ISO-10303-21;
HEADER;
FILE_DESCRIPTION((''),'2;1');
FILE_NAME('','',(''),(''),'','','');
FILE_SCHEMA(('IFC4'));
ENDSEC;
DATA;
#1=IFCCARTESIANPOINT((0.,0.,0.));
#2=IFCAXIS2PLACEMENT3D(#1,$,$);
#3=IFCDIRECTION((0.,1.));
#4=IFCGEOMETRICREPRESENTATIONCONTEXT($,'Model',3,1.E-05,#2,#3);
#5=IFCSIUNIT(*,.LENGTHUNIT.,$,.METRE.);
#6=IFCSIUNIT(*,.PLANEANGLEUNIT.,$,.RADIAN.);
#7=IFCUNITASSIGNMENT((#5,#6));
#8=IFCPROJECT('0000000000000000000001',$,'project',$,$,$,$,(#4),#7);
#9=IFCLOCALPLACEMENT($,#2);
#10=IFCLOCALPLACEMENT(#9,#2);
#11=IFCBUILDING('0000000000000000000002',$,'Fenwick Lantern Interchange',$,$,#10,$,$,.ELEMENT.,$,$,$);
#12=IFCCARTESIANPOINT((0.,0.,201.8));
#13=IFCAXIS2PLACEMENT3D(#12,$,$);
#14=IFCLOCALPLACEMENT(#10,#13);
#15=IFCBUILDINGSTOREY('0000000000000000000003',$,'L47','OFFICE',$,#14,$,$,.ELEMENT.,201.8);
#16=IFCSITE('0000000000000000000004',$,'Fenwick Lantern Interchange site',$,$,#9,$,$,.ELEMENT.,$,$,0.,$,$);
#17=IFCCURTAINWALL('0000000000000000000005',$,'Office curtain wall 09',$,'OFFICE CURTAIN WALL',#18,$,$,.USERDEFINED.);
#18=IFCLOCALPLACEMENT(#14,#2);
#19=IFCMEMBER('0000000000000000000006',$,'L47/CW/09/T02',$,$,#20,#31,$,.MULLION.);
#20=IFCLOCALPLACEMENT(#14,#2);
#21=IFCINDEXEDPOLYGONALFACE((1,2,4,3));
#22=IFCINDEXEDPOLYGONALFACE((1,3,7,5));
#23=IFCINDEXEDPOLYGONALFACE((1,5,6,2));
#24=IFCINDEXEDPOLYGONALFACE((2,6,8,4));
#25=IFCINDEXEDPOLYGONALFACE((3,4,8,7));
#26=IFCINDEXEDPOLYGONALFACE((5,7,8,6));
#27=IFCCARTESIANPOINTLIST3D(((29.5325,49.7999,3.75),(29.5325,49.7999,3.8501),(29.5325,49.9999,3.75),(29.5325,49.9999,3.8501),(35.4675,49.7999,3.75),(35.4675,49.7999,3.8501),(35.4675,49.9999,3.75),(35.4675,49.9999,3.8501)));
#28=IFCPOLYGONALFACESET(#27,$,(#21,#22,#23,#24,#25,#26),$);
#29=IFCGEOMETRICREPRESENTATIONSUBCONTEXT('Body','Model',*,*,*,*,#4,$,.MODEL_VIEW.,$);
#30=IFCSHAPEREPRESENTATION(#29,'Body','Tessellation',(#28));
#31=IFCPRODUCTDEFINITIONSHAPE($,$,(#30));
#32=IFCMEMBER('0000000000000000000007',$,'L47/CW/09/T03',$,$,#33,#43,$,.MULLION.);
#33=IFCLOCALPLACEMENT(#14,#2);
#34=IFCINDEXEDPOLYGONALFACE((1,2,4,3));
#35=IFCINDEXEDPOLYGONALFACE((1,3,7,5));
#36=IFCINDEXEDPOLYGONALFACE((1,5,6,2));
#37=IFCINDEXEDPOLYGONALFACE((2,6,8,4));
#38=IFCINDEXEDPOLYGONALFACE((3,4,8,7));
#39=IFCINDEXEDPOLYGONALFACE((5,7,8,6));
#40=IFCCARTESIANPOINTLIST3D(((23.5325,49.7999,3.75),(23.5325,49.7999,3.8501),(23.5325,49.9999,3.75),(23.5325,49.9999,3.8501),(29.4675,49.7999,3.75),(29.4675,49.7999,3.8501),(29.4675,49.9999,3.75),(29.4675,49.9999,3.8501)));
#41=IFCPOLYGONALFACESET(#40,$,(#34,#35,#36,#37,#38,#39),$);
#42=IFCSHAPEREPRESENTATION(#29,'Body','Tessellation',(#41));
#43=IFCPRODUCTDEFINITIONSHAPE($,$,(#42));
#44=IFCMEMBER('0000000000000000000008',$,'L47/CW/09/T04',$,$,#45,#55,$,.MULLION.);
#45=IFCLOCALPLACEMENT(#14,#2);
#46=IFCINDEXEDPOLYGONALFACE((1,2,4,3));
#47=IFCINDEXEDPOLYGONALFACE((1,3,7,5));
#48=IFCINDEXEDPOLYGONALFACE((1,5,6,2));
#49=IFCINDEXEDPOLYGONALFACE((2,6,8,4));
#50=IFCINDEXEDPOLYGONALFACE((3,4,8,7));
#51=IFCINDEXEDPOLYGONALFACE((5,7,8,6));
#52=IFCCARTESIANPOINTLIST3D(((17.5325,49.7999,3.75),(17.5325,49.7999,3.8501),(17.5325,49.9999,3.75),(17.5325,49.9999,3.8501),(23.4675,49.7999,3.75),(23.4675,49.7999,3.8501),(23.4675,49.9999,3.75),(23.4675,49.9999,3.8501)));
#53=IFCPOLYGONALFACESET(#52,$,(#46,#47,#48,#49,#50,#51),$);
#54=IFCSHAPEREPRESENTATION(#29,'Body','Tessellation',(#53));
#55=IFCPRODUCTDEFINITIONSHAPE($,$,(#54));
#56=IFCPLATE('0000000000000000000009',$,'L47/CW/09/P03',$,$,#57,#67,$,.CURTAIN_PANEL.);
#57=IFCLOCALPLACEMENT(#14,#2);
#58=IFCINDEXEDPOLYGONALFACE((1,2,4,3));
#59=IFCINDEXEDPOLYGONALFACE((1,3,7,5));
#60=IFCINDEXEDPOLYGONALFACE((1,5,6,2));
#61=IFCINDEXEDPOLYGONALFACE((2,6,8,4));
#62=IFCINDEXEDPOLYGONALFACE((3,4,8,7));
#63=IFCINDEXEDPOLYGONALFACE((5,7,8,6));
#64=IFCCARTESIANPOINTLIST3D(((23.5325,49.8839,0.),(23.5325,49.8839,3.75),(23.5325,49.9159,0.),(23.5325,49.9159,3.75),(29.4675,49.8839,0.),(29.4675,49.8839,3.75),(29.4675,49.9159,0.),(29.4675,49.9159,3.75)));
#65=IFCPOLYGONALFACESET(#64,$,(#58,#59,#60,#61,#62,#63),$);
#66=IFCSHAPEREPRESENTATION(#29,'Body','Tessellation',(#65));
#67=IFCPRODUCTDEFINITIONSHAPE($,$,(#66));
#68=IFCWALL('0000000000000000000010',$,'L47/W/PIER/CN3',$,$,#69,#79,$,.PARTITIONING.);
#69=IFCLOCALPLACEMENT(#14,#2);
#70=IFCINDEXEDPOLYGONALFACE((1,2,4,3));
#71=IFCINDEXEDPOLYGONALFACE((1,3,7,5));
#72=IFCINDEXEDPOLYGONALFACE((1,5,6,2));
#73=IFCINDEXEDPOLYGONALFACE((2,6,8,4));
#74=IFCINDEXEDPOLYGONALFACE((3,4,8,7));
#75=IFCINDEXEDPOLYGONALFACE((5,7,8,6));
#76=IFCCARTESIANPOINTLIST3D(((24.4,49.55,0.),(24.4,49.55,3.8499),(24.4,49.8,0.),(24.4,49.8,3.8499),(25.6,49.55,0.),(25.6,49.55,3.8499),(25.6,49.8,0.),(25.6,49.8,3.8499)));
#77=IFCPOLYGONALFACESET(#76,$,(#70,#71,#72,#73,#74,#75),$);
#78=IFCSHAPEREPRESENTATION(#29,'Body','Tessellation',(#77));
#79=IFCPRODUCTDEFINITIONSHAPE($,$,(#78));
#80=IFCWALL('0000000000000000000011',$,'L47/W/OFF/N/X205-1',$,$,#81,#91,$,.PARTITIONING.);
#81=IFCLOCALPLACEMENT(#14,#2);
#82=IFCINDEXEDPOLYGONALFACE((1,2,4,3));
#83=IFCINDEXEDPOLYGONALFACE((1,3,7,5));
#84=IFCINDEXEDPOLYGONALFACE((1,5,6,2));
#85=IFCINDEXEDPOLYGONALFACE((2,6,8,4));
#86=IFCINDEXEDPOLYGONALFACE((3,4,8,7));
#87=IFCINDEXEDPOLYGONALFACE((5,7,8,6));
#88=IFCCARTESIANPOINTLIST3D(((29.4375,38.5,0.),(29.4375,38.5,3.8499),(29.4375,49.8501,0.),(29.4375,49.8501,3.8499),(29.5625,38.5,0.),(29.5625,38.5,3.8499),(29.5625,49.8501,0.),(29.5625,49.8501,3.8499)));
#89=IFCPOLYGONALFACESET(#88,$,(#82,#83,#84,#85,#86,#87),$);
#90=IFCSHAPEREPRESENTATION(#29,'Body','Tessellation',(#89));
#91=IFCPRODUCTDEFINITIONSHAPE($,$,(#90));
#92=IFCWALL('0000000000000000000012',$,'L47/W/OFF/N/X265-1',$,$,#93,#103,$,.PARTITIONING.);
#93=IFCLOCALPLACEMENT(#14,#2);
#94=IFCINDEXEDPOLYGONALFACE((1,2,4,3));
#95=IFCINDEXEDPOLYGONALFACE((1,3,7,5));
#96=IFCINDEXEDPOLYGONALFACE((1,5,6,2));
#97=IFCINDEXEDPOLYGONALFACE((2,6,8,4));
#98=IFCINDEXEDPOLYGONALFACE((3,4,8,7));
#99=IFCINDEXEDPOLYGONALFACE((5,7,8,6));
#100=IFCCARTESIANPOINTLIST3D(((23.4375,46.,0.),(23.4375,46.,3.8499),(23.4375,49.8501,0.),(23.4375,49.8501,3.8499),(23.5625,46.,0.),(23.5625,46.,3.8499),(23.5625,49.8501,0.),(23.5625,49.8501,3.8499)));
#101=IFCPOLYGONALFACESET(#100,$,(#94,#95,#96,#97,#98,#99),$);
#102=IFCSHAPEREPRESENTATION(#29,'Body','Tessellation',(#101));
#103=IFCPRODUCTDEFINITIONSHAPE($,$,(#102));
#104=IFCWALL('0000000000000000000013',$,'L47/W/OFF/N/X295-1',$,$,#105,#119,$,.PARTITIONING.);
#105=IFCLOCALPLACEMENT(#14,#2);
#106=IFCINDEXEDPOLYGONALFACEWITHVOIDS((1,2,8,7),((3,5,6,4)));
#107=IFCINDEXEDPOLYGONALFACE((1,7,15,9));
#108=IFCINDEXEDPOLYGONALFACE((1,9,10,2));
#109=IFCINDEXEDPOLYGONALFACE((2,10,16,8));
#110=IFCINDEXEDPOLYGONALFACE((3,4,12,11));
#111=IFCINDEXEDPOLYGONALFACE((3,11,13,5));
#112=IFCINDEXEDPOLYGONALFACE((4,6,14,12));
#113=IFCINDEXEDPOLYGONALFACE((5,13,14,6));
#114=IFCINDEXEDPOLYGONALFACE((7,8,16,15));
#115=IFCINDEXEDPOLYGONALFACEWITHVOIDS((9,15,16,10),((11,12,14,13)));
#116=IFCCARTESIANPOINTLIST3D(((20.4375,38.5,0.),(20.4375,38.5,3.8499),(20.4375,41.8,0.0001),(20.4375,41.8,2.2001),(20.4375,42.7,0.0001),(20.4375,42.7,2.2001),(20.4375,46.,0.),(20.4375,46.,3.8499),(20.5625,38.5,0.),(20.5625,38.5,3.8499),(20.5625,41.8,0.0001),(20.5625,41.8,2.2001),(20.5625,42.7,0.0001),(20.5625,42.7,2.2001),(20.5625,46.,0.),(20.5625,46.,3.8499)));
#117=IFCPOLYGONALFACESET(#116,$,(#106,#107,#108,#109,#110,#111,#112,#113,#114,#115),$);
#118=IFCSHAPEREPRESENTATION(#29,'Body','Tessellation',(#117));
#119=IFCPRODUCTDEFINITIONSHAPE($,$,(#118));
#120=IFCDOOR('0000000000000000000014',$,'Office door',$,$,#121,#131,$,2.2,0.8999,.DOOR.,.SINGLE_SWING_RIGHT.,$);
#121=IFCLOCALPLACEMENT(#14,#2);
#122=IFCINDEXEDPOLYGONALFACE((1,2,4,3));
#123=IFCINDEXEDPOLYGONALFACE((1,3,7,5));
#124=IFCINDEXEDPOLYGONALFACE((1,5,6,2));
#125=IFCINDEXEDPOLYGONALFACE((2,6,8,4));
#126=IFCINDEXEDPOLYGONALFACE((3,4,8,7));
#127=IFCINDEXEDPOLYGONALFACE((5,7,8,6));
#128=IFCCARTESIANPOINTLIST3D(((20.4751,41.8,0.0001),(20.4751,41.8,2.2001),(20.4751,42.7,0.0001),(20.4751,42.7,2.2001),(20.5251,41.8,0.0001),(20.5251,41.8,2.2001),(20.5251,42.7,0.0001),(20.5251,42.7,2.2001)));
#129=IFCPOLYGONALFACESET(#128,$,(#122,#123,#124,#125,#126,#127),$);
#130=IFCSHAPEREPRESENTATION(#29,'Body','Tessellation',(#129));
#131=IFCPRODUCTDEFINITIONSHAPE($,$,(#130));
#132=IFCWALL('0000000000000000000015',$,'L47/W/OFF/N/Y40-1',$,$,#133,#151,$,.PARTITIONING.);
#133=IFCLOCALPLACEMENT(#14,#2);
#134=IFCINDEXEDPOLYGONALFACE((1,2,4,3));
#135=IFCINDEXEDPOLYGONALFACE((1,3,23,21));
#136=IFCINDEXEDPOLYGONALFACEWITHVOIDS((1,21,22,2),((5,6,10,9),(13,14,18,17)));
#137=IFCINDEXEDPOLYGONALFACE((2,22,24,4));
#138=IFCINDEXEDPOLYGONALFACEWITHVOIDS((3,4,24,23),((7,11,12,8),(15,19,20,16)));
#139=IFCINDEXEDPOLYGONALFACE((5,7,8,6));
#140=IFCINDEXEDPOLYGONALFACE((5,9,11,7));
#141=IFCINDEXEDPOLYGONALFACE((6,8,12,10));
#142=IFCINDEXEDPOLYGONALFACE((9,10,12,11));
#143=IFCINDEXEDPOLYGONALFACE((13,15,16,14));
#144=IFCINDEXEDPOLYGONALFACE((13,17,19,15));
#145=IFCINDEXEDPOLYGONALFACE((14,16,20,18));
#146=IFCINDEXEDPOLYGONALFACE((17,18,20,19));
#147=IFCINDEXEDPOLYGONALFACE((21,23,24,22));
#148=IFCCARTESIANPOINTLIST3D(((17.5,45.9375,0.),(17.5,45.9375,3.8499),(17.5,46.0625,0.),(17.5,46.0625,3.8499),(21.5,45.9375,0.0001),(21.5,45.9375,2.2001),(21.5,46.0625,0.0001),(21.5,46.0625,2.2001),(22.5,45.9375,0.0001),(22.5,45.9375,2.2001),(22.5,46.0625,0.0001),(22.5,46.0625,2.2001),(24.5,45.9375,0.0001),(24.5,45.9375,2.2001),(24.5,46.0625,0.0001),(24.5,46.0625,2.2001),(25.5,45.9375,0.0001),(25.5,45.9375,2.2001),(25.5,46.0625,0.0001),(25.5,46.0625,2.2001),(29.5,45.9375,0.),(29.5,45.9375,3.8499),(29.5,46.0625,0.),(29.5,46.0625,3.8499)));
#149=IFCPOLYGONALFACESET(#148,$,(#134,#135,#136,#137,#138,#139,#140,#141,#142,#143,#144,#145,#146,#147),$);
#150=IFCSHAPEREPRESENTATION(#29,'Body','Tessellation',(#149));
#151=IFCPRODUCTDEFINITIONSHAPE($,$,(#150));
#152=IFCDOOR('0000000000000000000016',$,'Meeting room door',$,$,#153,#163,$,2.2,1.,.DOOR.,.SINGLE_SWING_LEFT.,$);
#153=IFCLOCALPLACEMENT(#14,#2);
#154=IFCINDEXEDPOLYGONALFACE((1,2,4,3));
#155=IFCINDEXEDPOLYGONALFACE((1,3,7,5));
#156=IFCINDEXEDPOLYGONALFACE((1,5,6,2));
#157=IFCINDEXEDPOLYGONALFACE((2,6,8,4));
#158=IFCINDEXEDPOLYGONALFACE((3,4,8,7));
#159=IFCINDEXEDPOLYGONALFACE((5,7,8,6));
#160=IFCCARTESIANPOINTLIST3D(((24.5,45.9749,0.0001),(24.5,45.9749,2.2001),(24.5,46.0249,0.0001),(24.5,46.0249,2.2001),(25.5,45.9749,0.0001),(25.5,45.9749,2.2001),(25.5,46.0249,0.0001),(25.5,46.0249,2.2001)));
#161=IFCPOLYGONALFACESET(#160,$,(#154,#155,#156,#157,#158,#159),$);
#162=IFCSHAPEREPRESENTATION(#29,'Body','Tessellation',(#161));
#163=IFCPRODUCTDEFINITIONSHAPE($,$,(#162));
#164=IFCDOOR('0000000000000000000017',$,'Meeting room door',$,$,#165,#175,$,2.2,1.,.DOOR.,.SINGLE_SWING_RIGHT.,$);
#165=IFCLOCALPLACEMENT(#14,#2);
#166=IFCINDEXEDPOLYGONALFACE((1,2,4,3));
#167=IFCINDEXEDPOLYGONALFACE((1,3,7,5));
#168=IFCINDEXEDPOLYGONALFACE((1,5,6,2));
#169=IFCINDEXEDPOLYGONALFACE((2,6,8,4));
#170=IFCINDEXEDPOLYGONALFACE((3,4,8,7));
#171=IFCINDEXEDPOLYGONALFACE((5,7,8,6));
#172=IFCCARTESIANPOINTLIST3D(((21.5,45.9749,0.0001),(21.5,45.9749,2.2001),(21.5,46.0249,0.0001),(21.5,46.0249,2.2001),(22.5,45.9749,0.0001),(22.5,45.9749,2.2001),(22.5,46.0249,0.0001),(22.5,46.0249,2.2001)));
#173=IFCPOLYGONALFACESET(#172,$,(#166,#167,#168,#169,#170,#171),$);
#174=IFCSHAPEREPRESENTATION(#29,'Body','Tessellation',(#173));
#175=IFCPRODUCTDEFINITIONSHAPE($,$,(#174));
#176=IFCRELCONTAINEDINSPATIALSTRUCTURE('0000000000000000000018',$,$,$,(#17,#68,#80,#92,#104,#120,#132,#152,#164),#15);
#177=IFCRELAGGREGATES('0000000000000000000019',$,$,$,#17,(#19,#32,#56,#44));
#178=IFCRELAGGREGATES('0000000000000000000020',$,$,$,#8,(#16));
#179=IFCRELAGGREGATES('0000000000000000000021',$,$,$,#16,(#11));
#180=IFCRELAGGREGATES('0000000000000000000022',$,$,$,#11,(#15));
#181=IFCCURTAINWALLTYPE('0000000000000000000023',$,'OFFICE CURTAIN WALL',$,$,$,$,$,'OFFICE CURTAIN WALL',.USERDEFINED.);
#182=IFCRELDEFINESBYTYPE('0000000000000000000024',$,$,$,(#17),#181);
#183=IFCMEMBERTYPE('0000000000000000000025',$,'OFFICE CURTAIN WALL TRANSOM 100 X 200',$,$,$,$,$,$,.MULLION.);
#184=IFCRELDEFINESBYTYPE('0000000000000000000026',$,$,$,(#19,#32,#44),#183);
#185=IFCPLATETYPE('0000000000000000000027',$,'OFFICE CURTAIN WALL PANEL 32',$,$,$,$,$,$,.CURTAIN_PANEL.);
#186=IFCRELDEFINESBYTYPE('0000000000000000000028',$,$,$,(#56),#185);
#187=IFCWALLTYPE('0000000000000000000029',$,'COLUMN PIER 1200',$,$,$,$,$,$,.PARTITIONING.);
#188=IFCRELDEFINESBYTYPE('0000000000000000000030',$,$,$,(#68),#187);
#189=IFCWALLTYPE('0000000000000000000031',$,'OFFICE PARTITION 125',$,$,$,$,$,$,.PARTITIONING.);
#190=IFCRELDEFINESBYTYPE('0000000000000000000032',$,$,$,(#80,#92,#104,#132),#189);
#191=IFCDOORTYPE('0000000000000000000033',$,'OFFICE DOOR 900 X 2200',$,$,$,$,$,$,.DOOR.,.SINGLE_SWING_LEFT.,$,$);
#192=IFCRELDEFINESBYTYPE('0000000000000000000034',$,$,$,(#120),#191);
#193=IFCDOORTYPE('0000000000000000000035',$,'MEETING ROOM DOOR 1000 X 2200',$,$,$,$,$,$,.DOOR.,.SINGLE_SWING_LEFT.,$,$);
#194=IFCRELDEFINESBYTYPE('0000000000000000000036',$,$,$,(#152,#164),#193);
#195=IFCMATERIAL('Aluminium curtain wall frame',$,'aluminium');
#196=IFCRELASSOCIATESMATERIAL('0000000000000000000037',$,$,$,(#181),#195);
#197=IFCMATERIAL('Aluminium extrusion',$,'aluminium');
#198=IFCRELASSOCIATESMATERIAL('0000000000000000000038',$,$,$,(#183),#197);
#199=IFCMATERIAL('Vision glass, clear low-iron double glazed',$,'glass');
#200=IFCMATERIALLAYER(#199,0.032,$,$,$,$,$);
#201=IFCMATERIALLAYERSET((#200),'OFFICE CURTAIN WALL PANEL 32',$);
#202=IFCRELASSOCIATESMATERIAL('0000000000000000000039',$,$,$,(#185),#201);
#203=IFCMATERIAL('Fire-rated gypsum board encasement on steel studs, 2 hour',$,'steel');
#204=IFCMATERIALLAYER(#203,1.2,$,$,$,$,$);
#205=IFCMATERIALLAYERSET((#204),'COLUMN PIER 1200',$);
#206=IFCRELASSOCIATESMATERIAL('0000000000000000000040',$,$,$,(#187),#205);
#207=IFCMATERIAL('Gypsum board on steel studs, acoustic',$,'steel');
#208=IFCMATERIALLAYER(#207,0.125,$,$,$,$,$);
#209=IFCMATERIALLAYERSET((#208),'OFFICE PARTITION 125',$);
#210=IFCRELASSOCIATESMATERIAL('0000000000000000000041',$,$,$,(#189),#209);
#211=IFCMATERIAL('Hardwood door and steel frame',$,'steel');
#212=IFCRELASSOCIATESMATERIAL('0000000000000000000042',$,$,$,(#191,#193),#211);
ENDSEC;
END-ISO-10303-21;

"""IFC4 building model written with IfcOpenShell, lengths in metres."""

from ifc_helpers import new_model, si_unit, direction, frame, frame_2d, origin, origin_2d, place, context, subcontext, project, spatial, rectangle, extrude, material, layer, layer_set, material_profile, profile_set, type_object, element, fill, aggregate, save


model = new_model("IFC4")

# Units and contexts
model_context = context("Model", 3, precision=1e-05, world=origin(), true_north=direction((0.0, 1.0)))
body_context = subcontext(model_context, "Body", "Model", "MODEL_VIEW")
ifc_project = project(units=[si_unit("LENGTHUNIT", "METRE"), si_unit("PLANEANGLEUNIT", "RADIAN")], contexts=[model_context])

# Site, building, storey
site_placement = place(None, origin())
site = spatial("IfcSite", under=ifc_project, at=site_placement, Name="Fenwick Lantern Interchange site", CompositionType="ELEMENT", RefElevation=0.0)
building_placement = place(site_placement, origin())
building = spatial("IfcBuilding", under=site, at=building_placement, Name="Fenwick Lantern Interchange", CompositionType="ELEMENT")
storey_placement = place(building_placement, frame((0.0, 0.0, 201.8)))
storey = spatial("IfcBuildingStorey", under=building, at=storey_placement, Name="L47", Description="OFFICE", CompositionType="ELEMENT", Elevation=201.8)

# Curtain wall, members, plate
ifc_material_1 = material(Name="Aluminium curtain wall frame", Category="aluminium")
curtain_wall_type = type_object("IfcCurtainWallType", Name="OFFICE CURTAIN WALL", ElementType="OFFICE CURTAIN WALL", PredefinedType="USERDEFINED", material=ifc_material_1)
curtain_wall_placement = place(storey_placement, origin())
curtain_wall = element("IfcCurtainWall", 1, at=curtain_wall_placement, inside=storey, type_object=curtain_wall_type, Name="Office curtain wall 09", ObjectType="OFFICE CURTAIN WALL", PredefinedType="USERDEFINED")
ifc_material_2 = material(Name="Aluminium extrusion", Category="aluminium")
ifc_material_profile_1 = material_profile(ifc_material_2, rectangle(XDim=0.2, YDim=0.1001, at=origin_2d()), Name="OFFICE CURTAIN WALL TRANSOM 100 X 200")
ifc_profile_set_1 = profile_set([ifc_material_profile_1], Name="Aluminium extrusion")
member_type_1 = type_object("IfcMemberType", Name="OFFICE CURTAIN WALL TRANSOM 100 X 200", PredefinedType="MULLION", material=ifc_profile_set_1)
member_1_placement = place(storey_placement, frame((35.4675, 49.8999, 3.8), z_axis=(-1.0, 0.0, 0.0), x_axis=(0.0, -1.0, 0.0)))
member_1 = element("IfcMember", 2, at=member_1_placement, type_object=member_type_1, Name="L47/CW/09/T02", PredefinedType="MULLION", context=body_context, shape_type="SweptSolid", body=[
    extrude(rectangle(XDim=0.2, YDim=0.1001, at=origin_2d()), origin(), (0.0, 0.0, 1.0), 5.9351),
])
member_2_placement = place(storey_placement, frame((29.4675, 49.8999, 3.8), z_axis=(-1.0, 0.0, 0.0), x_axis=(0.0, -1.0, 0.0)))
member_2 = element("IfcMember", 3, at=member_2_placement, type_object=member_type_1, Name="L47/CW/09/T03", PredefinedType="MULLION", context=body_context, shape_type="SweptSolid", body=[
    extrude(rectangle(XDim=0.2, YDim=0.1001, at=origin_2d()), origin(), (0.0, 0.0, 1.0), 5.9351),
])
member_3_placement = place(storey_placement, frame((23.4675, 49.8999, 3.8), z_axis=(-1.0, 0.0, 0.0), x_axis=(0.0, -1.0, 0.0)))
member_3 = element("IfcMember", 4, at=member_3_placement, type_object=member_type_1, Name="L47/CW/09/T04", PredefinedType="MULLION", context=body_context, shape_type="SweptSolid", body=[
    extrude(rectangle(XDim=0.2, YDim=0.1001, at=origin_2d()), origin(), (0.0, 0.0, 1.0), 5.9351),
])
ifc_material_3 = material(Name="Vision glass, clear low-iron double glazed", Category="glass")
ifc_layer_1 = layer(ifc_material_3, 0.032)
ifc_layer_set_1 = layer_set([ifc_layer_1], Name="OFFICE CURTAIN WALL PANEL 32")
plate_type = type_object("IfcPlateType", Name="OFFICE CURTAIN WALL PANEL 32", PredefinedType="CURTAIN_PANEL", material=ifc_layer_set_1)
plate_placement = place(storey_placement, frame((26.5, 49.8999, 0.0), z_axis=(0.0, 0.0, 1.0), x_axis=(-1.0, 0.0, 0.0)))
plate = element("IfcPlate", 5, at=plate_placement, type_object=plate_type, Name="L47/CW/09/P03", PredefinedType="CURTAIN_PANEL", context=body_context, shape_type="SweptSolid", body=[
    extrude(rectangle(XDim=5.9351, YDim=0.032, at=origin_2d()), origin(), (0.0, 0.0, 1.0), 3.75),
])
aggregate(curtain_wall, [member_1, member_2, plate, member_3])

# Walls
ifc_material_4 = material(Name="Fire-rated gypsum board encasement on steel studs, 2 hour", Category="steel")
ifc_layer_2 = layer(ifc_material_4, 1.2)
ifc_layer_set_2 = layer_set([ifc_layer_2], Name="COLUMN PIER 1200")
wall_type_1 = type_object("IfcWallType", Name="COLUMN PIER 1200", PredefinedType="PARTITIONING", material=ifc_layer_set_2)
wall_1_placement = place(storey_placement, frame((25.0, 49.8, 0.0), z_axis=(0.0, 0.0, 1.0), x_axis=(0.0, -1.0, 0.0)))
element("IfcWall", 6, at=wall_1_placement, inside=storey, type_object=wall_type_1, Name="L47/W/PIER/CN3", PredefinedType="PARTITIONING", context=body_context, shape_type="SweptSolid", body=[
    extrude(rectangle(XDim=0.25, YDim=1.2, at=frame_2d((0.125, 0.0))), origin(), (0.0, 0.0, 1.0), 3.8499),
])
ifc_material_5 = material(Name="Gypsum board on steel studs, acoustic", Category="steel")
ifc_layer_3 = layer(ifc_material_5, 0.125)
ifc_layer_set_3 = layer_set([ifc_layer_3], Name="OFFICE PARTITION 125")
wall_type_2 = type_object("IfcWallType", Name="OFFICE PARTITION 125", PredefinedType="PARTITIONING", material=ifc_layer_set_3)
wall_2_placement = place(storey_placement, frame((29.5, 49.8501, 0.0), z_axis=(0.0, 0.0, 1.0), x_axis=(0.0, -1.0, 0.0)))
element("IfcWall", 7, at=wall_2_placement, inside=storey, type_object=wall_type_2, Name="L47/W/OFF/N/X205-1", PredefinedType="PARTITIONING", context=body_context, shape_type="SweptSolid", body=[
    extrude(rectangle(XDim=11.3501, YDim=0.125, at=frame_2d((5.675, 0.0))), origin(), (0.0, 0.0, 1.0), 3.8499),
])
wall_3_placement = place(storey_placement, frame((23.5, 49.8501, 0.0), z_axis=(0.0, 0.0, 1.0), x_axis=(0.0, -1.0, 0.0)))
element("IfcWall", 8, at=wall_3_placement, inside=storey, type_object=wall_type_2, Name="L47/W/OFF/N/X265-1", PredefinedType="PARTITIONING", context=body_context, shape_type="SweptSolid", body=[
    extrude(rectangle(XDim=3.8501, YDim=0.125, at=frame_2d((1.925, 0.0))), origin(), (0.0, 0.0, 1.0), 3.8499),
])

# Wall, opening, door
wall_4_placement = place(storey_placement, frame((20.5, 46.0, 0.0), z_axis=(0.0, 0.0, 1.0), x_axis=(0.0, -1.0, 0.0)))
wall_4 = element("IfcWall", 9, at=wall_4_placement, inside=storey, type_object=wall_type_2, Name="L47/W/OFF/N/X295-1", PredefinedType="PARTITIONING", context=body_context, shape_type="SweptSolid", body=[
    extrude(rectangle(XDim=7.5, YDim=0.125, at=frame_2d((3.75, 0.0))), origin(), (0.0, 0.0, 1.0), 3.8499),
])
opening_1_placement = place(wall_4_placement, frame((3.3, 0.0, 0.0)))
opening_1 = element("IfcOpeningElement", 10, at=opening_1_placement, cuts=wall_4, PredefinedType="OPENING", context=body_context, shape_type="SweptSolid", body=[
    extrude(rectangle(XDim=0.8999, YDim=2.2, at=frame_2d((0.45, 1.1001))), frame((0.0, 0.0725, 0.0), z_axis=(0.0, -1.0, 0.0), x_axis=(1.0, 0.0, 0.0)), (0.0, 0.0, 1.0), 0.145),
])
ifc_material_6 = material(Name="Hardwood door and steel frame", Category="steel")
door_type_1 = type_object("IfcDoorType", Name="OFFICE DOOR 900 X 2200", OperationType="SINGLE_SWING_LEFT", PredefinedType="DOOR", material=ifc_material_6)
door_1_placement = place(opening_1_placement, frame((0.8999, 0.0, 0.0), z_axis=(0.0, 0.0, 1.0), x_axis=(-1.0, 0.0, 0.0)))
door_1 = element("IfcDoor", 11, at=door_1_placement, inside=storey, type_object=door_type_1, Name="Office door", OperationType="SINGLE_SWING_RIGHT", OverallHeight=2.2, OverallWidth=0.8999, PredefinedType="DOOR", context=body_context, shape_type="SweptSolid", body=[
    extrude(rectangle(XDim=0.8999, YDim=2.2, at=frame_2d((0.45, 1.1001))), frame((0.0, 0.0249, 0.0), z_axis=(0.0, -1.0, 0.0), x_axis=(1.0, 0.0, 0.0)), (0.0, 0.0, 1.0), 0.05),
])
fill(opening_1, door_1)

# Wall, openings, doors
wall_5_placement = place(storey_placement, frame((29.5, 46.0, 0.0), z_axis=(0.0, 0.0, 1.0), x_axis=(-1.0, 0.0, 0.0)))
wall_5 = element("IfcWall", 12, at=wall_5_placement, inside=storey, type_object=wall_type_2, Name="L47/W/OFF/N/Y40-1", PredefinedType="PARTITIONING", context=body_context, shape_type="SweptSolid", body=[
    extrude(rectangle(XDim=12.0, YDim=0.125, at=frame_2d((6.0, 0.0))), origin(), (0.0, 0.0, 1.0), 3.8499),
])
opening_2_placement = place(wall_5_placement, frame((4.0, 0.0, 0.0)))
opening_2 = element("IfcOpeningElement", 13, at=opening_2_placement, cuts=wall_5, PredefinedType="OPENING", context=body_context, shape_type="SweptSolid", body=[
    extrude(rectangle(XDim=1.0, YDim=2.2, at=frame_2d((0.5, 1.1001))), frame((0.0, 0.0725, 0.0), z_axis=(0.0, -1.0, 0.0), x_axis=(1.0, 0.0, 0.0)), (0.0, 0.0, 1.0), 0.145),
])
opening_3_placement = place(wall_5_placement, frame((7.0, 0.0, 0.0)))
opening_3 = element("IfcOpeningElement", 14, at=opening_3_placement, cuts=wall_5, PredefinedType="OPENING", context=body_context, shape_type="SweptSolid", body=[
    extrude(rectangle(XDim=1.0, YDim=2.2, at=frame_2d((0.5, 1.1001))), frame((0.0, 0.0725, 0.0), z_axis=(0.0, -1.0, 0.0), x_axis=(1.0, 0.0, 0.0)), (0.0, 0.0, 1.0), 0.145),
])
door_type_2 = type_object("IfcDoorType", Name="MEETING ROOM DOOR 1000 X 2200", OperationType="SINGLE_SWING_LEFT", PredefinedType="DOOR", material=ifc_material_6)
door_2_placement = place(opening_2_placement, frame((1.0, 0.0, 0.0), z_axis=(0.0, 0.0, 1.0), x_axis=(-1.0, 0.0, 0.0)))
door_2 = element("IfcDoor", 15, at=door_2_placement, inside=storey, type_object=door_type_2, Name="Meeting room door", OperationType="SINGLE_SWING_LEFT", OverallHeight=2.2, OverallWidth=1.0, PredefinedType="DOOR", context=body_context, shape_type="SweptSolid", body=[
    extrude(rectangle(XDim=1.0, YDim=2.2, at=frame_2d((0.5, 1.1001))), frame((0.0, 0.0249, 0.0), z_axis=(0.0, -1.0, 0.0), x_axis=(1.0, 0.0, 0.0)), (0.0, 0.0, 1.0), 0.05),
])
fill(opening_2, door_2)
door_3_placement = place(opening_3_placement, frame((1.0, 0.0, 0.0), z_axis=(0.0, 0.0, 1.0), x_axis=(-1.0, 0.0, 0.0)))
door_3 = element("IfcDoor", 16, at=door_3_placement, inside=storey, type_object=door_type_2, Name="Meeting room door", OperationType="SINGLE_SWING_RIGHT", OverallHeight=2.2, OverallWidth=1.0, PredefinedType="DOOR", context=body_context, shape_type="SweptSolid", body=[
    extrude(rectangle(XDim=1.0, YDim=2.2, at=frame_2d((0.5, 1.1001))), frame((0.0, 0.0249, 0.0), z_axis=(0.0, -1.0, 0.0), x_axis=(1.0, 0.0, 0.0)), (0.0, 0.0, 1.0), 0.05),
])
fill(opening_3, door_3)

save(model, "model.ifc")
